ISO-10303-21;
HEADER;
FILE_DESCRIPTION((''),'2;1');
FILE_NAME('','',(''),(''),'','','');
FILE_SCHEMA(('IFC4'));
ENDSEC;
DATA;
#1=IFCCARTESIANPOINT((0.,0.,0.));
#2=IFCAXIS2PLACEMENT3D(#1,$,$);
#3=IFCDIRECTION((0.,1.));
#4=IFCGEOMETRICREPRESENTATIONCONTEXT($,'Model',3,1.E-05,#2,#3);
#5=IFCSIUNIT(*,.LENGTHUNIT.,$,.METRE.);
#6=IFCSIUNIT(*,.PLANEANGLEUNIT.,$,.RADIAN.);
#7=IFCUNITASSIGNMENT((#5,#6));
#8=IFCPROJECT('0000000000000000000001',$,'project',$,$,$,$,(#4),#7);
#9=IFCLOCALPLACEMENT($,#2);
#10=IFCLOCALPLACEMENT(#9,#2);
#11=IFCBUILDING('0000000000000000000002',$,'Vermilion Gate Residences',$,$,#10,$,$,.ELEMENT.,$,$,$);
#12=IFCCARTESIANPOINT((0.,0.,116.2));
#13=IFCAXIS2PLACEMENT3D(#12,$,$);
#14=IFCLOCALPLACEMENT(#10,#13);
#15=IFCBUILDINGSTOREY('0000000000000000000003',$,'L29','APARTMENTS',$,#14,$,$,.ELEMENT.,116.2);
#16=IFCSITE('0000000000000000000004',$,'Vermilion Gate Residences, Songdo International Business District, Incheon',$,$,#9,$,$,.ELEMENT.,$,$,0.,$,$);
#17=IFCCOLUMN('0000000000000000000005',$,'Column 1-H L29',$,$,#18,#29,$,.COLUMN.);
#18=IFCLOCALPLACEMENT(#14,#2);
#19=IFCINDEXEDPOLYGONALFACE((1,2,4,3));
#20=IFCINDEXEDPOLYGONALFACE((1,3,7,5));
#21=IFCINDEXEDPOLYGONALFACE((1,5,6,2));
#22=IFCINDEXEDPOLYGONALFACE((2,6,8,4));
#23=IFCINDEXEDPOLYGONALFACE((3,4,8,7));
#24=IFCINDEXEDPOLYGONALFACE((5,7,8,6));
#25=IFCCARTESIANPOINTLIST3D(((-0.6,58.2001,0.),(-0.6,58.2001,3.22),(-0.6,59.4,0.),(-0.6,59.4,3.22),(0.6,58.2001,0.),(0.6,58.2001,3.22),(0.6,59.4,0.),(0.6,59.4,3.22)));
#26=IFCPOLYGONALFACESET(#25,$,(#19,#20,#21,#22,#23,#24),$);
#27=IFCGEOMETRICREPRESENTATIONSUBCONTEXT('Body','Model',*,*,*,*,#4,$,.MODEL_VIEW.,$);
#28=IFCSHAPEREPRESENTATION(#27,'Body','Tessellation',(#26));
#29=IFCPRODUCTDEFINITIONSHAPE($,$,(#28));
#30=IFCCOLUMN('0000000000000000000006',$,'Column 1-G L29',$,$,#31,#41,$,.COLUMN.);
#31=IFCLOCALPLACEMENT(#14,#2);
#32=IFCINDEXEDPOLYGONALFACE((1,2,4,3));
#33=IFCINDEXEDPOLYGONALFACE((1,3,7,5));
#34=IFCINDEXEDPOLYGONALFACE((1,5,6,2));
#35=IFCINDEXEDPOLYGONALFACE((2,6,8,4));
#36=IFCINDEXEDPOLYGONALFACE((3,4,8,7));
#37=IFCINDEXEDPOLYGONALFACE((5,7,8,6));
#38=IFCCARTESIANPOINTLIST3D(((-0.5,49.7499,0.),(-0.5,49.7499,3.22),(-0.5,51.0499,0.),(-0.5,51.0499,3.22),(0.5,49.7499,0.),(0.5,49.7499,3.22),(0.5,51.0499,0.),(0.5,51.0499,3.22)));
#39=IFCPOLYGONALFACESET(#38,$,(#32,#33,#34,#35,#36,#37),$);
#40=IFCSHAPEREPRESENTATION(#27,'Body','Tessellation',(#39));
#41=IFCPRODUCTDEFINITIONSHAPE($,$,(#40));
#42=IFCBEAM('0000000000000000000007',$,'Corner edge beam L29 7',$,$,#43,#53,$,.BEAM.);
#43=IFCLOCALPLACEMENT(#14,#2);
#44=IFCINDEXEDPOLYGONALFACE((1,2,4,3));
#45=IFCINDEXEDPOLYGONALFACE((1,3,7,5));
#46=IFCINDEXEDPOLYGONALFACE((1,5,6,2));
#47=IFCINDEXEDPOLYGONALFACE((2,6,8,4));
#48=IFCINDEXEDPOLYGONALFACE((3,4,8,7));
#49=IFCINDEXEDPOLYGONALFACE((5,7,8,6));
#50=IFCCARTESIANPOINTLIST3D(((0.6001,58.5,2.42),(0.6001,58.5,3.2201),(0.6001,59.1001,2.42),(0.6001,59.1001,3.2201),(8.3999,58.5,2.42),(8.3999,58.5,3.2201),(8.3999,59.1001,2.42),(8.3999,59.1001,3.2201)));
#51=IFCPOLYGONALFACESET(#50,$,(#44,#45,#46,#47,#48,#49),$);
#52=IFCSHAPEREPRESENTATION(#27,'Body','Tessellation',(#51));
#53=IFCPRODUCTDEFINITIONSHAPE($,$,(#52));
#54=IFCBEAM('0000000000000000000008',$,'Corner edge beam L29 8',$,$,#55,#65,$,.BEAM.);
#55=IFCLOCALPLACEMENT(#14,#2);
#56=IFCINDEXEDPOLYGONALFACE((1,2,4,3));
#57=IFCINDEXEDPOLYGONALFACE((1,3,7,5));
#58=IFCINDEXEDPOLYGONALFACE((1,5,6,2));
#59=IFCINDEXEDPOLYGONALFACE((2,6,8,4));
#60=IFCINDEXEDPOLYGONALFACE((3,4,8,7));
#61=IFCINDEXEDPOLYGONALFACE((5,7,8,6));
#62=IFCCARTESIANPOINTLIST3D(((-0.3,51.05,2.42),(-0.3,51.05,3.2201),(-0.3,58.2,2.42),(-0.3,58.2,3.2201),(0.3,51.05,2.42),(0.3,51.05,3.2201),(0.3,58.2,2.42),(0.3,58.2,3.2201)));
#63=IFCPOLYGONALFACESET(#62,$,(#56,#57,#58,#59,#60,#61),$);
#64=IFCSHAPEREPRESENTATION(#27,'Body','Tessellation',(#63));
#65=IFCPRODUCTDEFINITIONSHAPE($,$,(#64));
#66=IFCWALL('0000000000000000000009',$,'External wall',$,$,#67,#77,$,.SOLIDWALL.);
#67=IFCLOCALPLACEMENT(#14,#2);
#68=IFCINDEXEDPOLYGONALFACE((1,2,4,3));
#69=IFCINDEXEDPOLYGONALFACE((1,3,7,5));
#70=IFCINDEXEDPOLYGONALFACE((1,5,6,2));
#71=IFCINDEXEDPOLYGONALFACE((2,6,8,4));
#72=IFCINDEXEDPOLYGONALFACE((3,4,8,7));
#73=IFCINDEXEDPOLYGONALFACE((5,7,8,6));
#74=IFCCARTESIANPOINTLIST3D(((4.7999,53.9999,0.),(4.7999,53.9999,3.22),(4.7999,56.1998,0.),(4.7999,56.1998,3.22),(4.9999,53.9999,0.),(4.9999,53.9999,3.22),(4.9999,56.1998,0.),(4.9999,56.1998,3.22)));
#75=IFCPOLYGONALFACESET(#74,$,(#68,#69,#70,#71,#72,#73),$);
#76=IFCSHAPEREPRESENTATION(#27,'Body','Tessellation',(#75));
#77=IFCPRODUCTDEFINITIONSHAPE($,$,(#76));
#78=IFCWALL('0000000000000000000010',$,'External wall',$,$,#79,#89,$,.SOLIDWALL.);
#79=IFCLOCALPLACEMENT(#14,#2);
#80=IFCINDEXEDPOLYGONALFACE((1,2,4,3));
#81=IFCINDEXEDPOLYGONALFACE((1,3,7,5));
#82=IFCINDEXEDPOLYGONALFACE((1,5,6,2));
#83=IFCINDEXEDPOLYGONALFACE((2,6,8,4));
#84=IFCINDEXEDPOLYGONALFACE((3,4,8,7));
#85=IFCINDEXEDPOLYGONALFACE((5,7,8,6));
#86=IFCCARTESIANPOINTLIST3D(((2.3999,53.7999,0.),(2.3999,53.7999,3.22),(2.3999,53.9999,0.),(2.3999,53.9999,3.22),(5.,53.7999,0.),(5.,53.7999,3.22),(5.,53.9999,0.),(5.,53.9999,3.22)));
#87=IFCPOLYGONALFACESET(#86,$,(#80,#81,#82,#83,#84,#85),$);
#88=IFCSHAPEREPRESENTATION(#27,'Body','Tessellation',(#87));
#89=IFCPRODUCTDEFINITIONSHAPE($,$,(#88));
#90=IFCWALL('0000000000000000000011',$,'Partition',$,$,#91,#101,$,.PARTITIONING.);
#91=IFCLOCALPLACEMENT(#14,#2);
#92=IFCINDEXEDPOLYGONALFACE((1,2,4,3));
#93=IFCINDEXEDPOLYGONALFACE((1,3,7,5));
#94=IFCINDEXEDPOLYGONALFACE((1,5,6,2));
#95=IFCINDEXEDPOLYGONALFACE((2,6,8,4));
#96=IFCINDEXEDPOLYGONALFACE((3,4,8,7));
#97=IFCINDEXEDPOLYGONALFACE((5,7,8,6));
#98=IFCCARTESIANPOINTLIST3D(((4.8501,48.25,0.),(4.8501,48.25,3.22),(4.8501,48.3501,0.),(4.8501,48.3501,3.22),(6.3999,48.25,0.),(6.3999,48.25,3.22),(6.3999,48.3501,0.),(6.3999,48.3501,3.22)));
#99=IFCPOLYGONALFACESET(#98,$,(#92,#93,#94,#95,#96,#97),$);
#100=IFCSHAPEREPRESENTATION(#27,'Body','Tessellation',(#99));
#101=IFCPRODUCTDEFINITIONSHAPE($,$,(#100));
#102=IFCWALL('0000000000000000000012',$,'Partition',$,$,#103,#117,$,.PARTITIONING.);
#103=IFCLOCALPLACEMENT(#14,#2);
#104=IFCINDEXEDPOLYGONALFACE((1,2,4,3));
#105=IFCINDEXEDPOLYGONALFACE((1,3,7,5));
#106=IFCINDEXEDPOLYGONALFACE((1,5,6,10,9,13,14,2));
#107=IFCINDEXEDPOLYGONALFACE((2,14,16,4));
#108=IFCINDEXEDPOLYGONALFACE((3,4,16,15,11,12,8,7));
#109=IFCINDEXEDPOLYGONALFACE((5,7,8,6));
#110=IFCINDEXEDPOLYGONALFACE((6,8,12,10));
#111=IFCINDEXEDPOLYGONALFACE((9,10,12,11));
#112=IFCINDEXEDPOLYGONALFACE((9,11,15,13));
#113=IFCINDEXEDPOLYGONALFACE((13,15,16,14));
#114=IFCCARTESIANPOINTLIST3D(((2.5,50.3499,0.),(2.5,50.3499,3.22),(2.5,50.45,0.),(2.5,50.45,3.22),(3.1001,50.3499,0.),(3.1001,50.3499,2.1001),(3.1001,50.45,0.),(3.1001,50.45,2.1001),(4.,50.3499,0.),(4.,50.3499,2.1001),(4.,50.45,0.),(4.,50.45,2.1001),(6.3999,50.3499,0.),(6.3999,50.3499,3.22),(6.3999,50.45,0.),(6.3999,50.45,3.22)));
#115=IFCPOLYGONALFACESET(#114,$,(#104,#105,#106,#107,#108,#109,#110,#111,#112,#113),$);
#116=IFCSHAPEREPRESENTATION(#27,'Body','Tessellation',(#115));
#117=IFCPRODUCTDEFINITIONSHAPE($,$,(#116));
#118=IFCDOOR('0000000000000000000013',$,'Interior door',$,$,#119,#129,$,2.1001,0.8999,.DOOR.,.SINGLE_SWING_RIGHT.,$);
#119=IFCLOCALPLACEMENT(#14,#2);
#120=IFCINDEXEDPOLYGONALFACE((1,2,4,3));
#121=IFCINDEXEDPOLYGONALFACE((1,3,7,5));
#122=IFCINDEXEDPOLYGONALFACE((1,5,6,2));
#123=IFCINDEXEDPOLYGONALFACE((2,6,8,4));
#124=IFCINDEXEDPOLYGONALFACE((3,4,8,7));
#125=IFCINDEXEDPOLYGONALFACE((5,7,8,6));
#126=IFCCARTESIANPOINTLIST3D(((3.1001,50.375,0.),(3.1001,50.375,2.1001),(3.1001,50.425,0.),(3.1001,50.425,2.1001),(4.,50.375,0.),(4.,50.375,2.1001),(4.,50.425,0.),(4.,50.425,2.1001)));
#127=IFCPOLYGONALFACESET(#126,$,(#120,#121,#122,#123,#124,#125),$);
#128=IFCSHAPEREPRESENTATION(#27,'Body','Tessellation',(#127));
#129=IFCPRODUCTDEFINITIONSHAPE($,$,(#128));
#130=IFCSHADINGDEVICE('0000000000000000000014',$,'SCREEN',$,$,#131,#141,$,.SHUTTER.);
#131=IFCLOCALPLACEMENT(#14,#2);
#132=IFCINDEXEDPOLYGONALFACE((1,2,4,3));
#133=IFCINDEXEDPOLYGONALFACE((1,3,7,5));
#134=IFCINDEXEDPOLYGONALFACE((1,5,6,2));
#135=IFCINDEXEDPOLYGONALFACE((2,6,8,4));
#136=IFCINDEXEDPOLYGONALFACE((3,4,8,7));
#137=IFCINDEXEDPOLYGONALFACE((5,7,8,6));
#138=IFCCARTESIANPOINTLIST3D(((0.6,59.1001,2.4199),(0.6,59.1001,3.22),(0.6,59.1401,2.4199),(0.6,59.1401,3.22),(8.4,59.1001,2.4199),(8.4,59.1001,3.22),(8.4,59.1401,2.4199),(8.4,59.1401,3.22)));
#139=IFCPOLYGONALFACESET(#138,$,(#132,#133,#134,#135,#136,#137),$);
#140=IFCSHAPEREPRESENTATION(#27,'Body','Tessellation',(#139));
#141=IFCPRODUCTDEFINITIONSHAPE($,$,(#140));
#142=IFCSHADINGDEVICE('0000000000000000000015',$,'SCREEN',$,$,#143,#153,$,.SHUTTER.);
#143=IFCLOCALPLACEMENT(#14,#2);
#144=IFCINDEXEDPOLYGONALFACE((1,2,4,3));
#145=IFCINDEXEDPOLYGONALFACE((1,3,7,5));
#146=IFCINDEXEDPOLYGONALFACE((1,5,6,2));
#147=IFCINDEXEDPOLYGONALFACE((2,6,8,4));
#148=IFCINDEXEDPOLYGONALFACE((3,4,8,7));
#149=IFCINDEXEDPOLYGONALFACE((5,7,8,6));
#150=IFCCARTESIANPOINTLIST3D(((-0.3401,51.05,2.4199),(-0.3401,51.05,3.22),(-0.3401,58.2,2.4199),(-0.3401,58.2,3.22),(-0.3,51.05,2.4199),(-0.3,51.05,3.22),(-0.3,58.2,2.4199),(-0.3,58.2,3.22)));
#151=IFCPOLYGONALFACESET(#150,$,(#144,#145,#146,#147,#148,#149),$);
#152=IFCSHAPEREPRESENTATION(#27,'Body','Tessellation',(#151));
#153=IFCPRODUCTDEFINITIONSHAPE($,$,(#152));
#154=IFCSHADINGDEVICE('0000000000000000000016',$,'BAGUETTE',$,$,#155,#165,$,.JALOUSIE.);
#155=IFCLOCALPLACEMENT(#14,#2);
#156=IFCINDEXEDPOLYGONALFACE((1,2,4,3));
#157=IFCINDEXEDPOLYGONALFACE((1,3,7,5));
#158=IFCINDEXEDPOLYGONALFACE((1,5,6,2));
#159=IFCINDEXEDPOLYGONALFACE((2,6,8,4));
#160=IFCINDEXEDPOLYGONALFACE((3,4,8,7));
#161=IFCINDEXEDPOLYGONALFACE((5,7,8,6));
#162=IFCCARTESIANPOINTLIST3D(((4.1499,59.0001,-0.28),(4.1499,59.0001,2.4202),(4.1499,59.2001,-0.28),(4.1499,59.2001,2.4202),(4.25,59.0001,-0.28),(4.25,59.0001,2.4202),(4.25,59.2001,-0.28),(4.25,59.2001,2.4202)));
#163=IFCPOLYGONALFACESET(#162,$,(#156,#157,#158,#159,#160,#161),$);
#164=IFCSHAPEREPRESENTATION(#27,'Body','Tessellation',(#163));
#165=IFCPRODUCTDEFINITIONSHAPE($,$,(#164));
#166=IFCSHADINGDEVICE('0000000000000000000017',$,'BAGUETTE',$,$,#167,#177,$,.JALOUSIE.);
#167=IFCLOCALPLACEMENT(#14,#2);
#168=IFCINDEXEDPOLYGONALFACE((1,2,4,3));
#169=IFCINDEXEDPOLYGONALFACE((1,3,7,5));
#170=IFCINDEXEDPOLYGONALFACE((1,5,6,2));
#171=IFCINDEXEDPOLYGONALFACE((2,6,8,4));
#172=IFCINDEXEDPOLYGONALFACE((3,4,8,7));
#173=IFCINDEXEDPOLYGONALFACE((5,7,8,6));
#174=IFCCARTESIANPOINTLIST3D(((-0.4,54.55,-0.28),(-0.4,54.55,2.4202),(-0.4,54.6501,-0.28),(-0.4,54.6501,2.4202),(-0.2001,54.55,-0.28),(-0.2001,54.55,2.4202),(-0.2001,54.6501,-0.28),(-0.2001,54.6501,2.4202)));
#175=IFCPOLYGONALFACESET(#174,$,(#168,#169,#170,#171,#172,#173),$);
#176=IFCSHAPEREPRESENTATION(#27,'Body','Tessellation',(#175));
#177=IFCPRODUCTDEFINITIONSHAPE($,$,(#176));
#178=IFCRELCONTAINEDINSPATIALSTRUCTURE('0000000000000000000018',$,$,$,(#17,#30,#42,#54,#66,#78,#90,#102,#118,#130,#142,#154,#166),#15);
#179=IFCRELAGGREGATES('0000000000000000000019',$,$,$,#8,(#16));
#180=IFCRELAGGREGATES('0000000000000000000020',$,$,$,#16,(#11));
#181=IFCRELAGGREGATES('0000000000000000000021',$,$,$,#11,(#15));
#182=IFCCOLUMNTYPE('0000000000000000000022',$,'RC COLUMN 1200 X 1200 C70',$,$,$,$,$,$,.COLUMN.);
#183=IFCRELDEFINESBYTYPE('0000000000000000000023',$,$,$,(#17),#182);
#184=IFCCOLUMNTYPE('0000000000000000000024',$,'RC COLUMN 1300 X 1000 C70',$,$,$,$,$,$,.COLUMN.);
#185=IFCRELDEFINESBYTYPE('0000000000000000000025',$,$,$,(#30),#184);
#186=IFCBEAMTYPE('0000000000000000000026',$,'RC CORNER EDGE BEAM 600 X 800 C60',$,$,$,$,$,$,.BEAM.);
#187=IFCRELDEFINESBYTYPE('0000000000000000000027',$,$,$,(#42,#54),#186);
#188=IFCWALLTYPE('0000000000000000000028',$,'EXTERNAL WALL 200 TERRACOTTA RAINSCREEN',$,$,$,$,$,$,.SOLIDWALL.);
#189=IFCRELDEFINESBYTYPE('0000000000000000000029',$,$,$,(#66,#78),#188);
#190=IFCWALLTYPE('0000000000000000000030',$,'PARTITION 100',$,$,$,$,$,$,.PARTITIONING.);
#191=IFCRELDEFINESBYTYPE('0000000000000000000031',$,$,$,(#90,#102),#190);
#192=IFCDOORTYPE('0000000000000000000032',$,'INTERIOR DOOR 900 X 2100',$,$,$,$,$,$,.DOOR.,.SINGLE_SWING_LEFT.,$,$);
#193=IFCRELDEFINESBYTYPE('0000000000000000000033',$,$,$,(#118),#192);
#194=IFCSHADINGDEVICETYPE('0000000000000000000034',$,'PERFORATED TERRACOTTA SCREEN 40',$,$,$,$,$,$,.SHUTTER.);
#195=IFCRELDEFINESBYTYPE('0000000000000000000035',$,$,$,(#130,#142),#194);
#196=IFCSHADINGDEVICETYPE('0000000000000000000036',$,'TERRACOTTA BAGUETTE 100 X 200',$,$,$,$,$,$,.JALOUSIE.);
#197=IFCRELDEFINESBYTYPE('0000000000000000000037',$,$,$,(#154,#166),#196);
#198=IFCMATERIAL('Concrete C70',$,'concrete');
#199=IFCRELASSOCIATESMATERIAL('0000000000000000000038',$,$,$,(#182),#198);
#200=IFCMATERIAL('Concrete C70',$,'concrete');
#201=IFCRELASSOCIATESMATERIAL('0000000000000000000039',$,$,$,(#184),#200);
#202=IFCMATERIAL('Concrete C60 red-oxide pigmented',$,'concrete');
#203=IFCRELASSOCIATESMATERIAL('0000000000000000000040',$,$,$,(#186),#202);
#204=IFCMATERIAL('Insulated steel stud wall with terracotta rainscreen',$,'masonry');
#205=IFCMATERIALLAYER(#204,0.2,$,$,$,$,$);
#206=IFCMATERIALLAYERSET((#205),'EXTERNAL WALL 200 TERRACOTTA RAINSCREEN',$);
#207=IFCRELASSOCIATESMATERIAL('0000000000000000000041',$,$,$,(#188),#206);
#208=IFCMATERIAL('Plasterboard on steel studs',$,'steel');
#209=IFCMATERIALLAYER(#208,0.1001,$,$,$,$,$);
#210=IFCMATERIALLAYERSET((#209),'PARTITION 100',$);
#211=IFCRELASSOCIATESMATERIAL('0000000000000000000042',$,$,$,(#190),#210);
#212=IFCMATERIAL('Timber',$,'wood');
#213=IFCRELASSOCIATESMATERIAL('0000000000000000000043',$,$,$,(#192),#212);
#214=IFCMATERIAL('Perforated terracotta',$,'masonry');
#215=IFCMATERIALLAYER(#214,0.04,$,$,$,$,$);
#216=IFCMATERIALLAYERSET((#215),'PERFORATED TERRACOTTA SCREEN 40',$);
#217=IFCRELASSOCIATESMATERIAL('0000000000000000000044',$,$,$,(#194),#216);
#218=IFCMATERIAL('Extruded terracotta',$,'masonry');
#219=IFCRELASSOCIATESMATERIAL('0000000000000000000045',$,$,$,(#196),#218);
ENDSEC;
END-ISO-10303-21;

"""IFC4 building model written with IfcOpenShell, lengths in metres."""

from ifc_helpers import new_model, si_unit, direction, frame, frame_2d, origin, origin_2d, place, context, subcontext, project, spatial, rectangle, extrude, material, layer, layer_set, material_profile, profile_set, type_object, element, fill, save


model = new_model("IFC4")

# Units and contexts
model_context = context("Model", 3, precision=1e-05, world=origin(), true_north=direction((0.0, 1.0)))
body_context = subcontext(model_context, "Body", "Model", "MODEL_VIEW")
ifc_project = project(units=[si_unit("LENGTHUNIT", "METRE"), si_unit("PLANEANGLEUNIT", "RADIAN")], contexts=[model_context])

# Site, building, storey
site_placement = place(None, origin())
site = spatial("IfcSite", under=ifc_project, at=site_placement, Name="Vermilion Gate Residences, Songdo International Business District, Incheon", CompositionType="ELEMENT", RefElevation=0.0)
building_placement = place(site_placement, origin())
building = spatial("IfcBuilding", under=site, at=building_placement, Name="Vermilion Gate Residences", CompositionType="ELEMENT")
storey_placement = place(building_placement, frame((0.0, 0.0, 116.2)))
storey = spatial("IfcBuildingStorey", under=building, at=storey_placement, Name="L29", Description="APARTMENTS", CompositionType="ELEMENT", Elevation=116.2)

# Columns
ifc_material_1 = material(Name="Concrete C70", Category="concrete")
ifc_material_profile_1 = material_profile(ifc_material_1, rectangle(XDim=1.2, YDim=1.2, at=origin_2d()), Name="RC-1200x1200")
ifc_profile_set_1 = profile_set([ifc_material_profile_1], Name="Concrete C70")
column_type_1 = type_object("IfcColumnType", Name="RC COLUMN 1200 X 1200 C70", PredefinedType="COLUMN", material=ifc_profile_set_1)
column_1_placement = place(storey_placement, frame((0.0, 58.8, 0.0), z_axis=(0.0, 0.0, 1.0), x_axis=(1.0, 0.0, 0.0)))
element("IfcColumn", 1, at=column_1_placement, inside=storey, type_object=column_type_1, Name="Column 1-H L29", PredefinedType="COLUMN", context=body_context, shape_type="SweptSolid", body=[
    extrude(rectangle(XDim=1.2, YDim=1.2, at=origin_2d()), origin(), (0.0, 0.0, 1.0), 3.22),
])
ifc_material_2 = material(Name="Concrete C70", Category="concrete")
ifc_material_profile_2 = material_profile(ifc_material_2, rectangle(XDim=1.3, YDim=1.0, at=origin_2d()), Name="RC-1300x1000")
ifc_profile_set_2 = profile_set([ifc_material_profile_2], Name="Concrete C70")
column_type_2 = type_object("IfcColumnType", Name="RC COLUMN 1300 X 1000 C70", PredefinedType="COLUMN", material=ifc_profile_set_2)
column_2_placement = place(storey_placement, frame((0.0, 50.3999, 0.0), z_axis=(0.0, 0.0, 1.0), x_axis=(0.0, 1.0, 0.0)))
element("IfcColumn", 2, at=column_2_placement, inside=storey, type_object=column_type_2, Name="Column 1-G L29", PredefinedType="COLUMN", context=body_context, shape_type="SweptSolid", body=[
    extrude(rectangle(XDim=1.3, YDim=1.0, at=origin_2d()), origin(), (0.0, 0.0, 1.0), 3.22),
])

# Beams
ifc_material_3 = material(Name="Concrete C60 red-oxide pigmented", Category="concrete")
ifc_material_profile_3 = material_profile(ifc_material_3, rectangle(XDim=0.6001, YDim=0.8, at=origin_2d()), Name="RC-600x800")
ifc_profile_set_3 = profile_set([ifc_material_profile_3], Name="Concrete C60 red-oxide pigmented")
beam_type = type_object("IfcBeamType", Name="RC CORNER EDGE BEAM 600 X 800 C60", PredefinedType="BEAM", material=ifc_profile_set_3)
beam_1_placement = place(storey_placement, frame((0.6001, 58.8, 2.8201), z_axis=(1.0, 0.0, 0.0), x_axis=(0.0, 1.0, 0.0)))
element("IfcBeam", 3, at=beam_1_placement, inside=storey, type_object=beam_type, Name="Corner edge beam L29 7", PredefinedType="BEAM", context=body_context, shape_type="SweptSolid", body=[
    extrude(rectangle(XDim=0.6001, YDim=0.8, at=origin_2d()), origin(), (0.0, 0.0, 1.0), 7.7998),
])
beam_2_placement = place(storey_placement, frame((0.0, 51.05, 2.8201), z_axis=(0.0, 1.0, 0.0), x_axis=(-1.0, 0.0, 0.0)))
element("IfcBeam", 4, at=beam_2_placement, inside=storey, type_object=beam_type, Name="Corner edge beam L29 8", PredefinedType="BEAM", context=body_context, shape_type="SweptSolid", body=[
    extrude(rectangle(XDim=0.6001, YDim=0.8, at=origin_2d()), origin(), (0.0, 0.0, 1.0), 7.1499),
])

# Walls
ifc_material_4 = material(Name="Insulated steel stud wall with terracotta rainscreen", Category="masonry")
ifc_layer_1 = layer(ifc_material_4, 0.2)
ifc_layer_set_1 = layer_set([ifc_layer_1], Name="EXTERNAL WALL 200 TERRACOTTA RAINSCREEN")
wall_type_1 = type_object("IfcWallType", Name="EXTERNAL WALL 200 TERRACOTTA RAINSCREEN", PredefinedType="SOLIDWALL", material=ifc_layer_set_1)
wall_1_placement = place(storey_placement, frame((4.8999, 56.2, 0.0), z_axis=(0.0, 0.0, 1.0), x_axis=(0.0, -1.0, 0.0)))
element("IfcWall", 5, at=wall_1_placement, inside=storey, type_object=wall_type_1, Name="External wall", PredefinedType="SOLIDWALL", context=body_context, shape_type="SweptSolid", body=[
    extrude(rectangle(XDim=2.2, YDim=0.2, at=frame_2d((1.1001, 0.0))), origin(), (0.0, 0.0, 1.0), 3.22),
])
wall_2_placement = place(storey_placement, frame((5.0, 53.8999, 0.0), z_axis=(0.0, 0.0, 1.0), x_axis=(-1.0, 0.0, 0.0)))
element("IfcWall", 6, at=wall_2_placement, inside=storey, type_object=wall_type_1, Name="External wall", PredefinedType="SOLIDWALL", context=body_context, shape_type="SweptSolid", body=[
    extrude(rectangle(XDim=2.6001, YDim=0.2, at=frame_2d((1.3, 0.0))), origin(), (0.0, 0.0, 1.0), 3.22),
])

# Wall
ifc_material_5 = material(Name="Plasterboard on steel studs", Category="steel")
ifc_layer_2 = layer(ifc_material_5, 0.1001)
ifc_layer_set_2 = layer_set([ifc_layer_2], Name="PARTITION 100")
wall_type_2 = type_object("IfcWallType", Name="PARTITION 100", PredefinedType="PARTITIONING", material=ifc_layer_set_2)
wall_3_placement = place(storey_placement, frame((4.8501, 48.3, 0.0), z_axis=(0.0, 0.0, 1.0), x_axis=(1.0, 0.0, 0.0)))
element("IfcWall", 7, at=wall_3_placement, inside=storey, type_object=wall_type_2, Name="Partition", PredefinedType="PARTITIONING", context=body_context, shape_type="SweptSolid", body=[
    extrude(rectangle(XDim=1.5498, YDim=0.1001, at=frame_2d((0.7749, 0.0))), origin(), (0.0, 0.0, 1.0), 3.22),
])

# Wall, opening, door
wall_4_placement = place(storey_placement, frame((2.5, 50.3999, 0.0), z_axis=(0.0, 0.0, 1.0), x_axis=(1.0, 0.0, 0.0)))
wall_4 = element("IfcWall", 8, at=wall_4_placement, inside=storey, type_object=wall_type_2, Name="Partition", PredefinedType="PARTITIONING", context=body_context, shape_type="SweptSolid", body=[
    extrude(rectangle(XDim=3.8999, YDim=0.1001, at=frame_2d((1.95, 0.0))), origin(), (0.0, 0.0, 1.0), 3.22),
])
opening_1_placement = place(wall_4_placement, frame((0.6001, 0.0, 0.0)))
opening_1 = element("IfcOpeningElement", 9, at=opening_1_placement, cuts=wall_4, PredefinedType="OPENING", context=body_context, shape_type="SweptSolid", body=[
    extrude(rectangle(XDim=0.8999, YDim=2.1001, at=frame_2d((0.45, 1.05))), frame((0.0, 0.0601, 0.0), z_axis=(0.0, -1.0, 0.0), x_axis=(1.0, 0.0, 0.0)), (0.0, 0.0, 1.0), 0.1201),
])
ifc_material_6 = material(Name="Timber", Category="wood")
door_type_1 = type_object("IfcDoorType", Name="INTERIOR DOOR 900 X 2100", OperationType="SINGLE_SWING_LEFT", PredefinedType="DOOR", material=ifc_material_6)
door_1_placement = place(opening_1_placement, frame((0.8999, 0.0, 0.0), z_axis=(0.0, 0.0, 1.0), x_axis=(-1.0, 0.0, 0.0)))
door_1 = element("IfcDoor", 10, at=door_1_placement, inside=storey, type_object=door_type_1, Name="Interior door", OperationType="SINGLE_SWING_RIGHT", OverallHeight=2.1001, OverallWidth=0.8999, PredefinedType="DOOR", context=body_context, shape_type="SweptSolid", body=[
    extrude(rectangle(XDim=0.8999, YDim=2.1001, at=frame_2d((0.45, 1.05))), frame((0.0, 0.0249, 0.0), z_axis=(0.0, -1.0, 0.0), x_axis=(1.0, 0.0, 0.0)), (0.0, 0.0, 1.0), 0.05),
])
fill(opening_1, door_1)

# Shading devices
ifc_material_7 = material(Name="Perforated terracotta", Category="masonry")
ifc_layer_3 = layer(ifc_material_7, 0.04)
ifc_layer_set_3 = layer_set([ifc_layer_3], Name="PERFORATED TERRACOTTA SCREEN 40")
shading_device_type_1 = type_object("IfcShadingDeviceType", Name="PERFORATED TERRACOTTA SCREEN 40", PredefinedType="SHUTTER", material=ifc_layer_set_3)
shading_device_1_placement = place(storey_placement, frame((4.5, 59.1201, 2.4199), z_axis=(0.0, 0.0, 1.0), x_axis=(-1.0, 0.0, 0.0)))
element("IfcShadingDevice", 11, at=shading_device_1_placement, inside=storey, type_object=shading_device_type_1, Name="SCREEN", PredefinedType="SHUTTER", context=body_context, shape_type="SweptSolid", body=[
    extrude(rectangle(XDim=7.8, YDim=0.04, at=origin_2d()), origin(), (0.0, 0.0, 1.0), 0.8),
])
shading_device_2_placement = place(storey_placement, frame((-0.3201, 54.625, 2.4199), z_axis=(0.0, 0.0, 1.0), x_axis=(0.0, -1.0, 0.0)))
element("IfcShadingDevice", 12, at=shading_device_2_placement, inside=storey, type_object=shading_device_type_1, Name="SCREEN", PredefinedType="SHUTTER", context=body_context, shape_type="SweptSolid", body=[
    extrude(rectangle(XDim=7.1499, YDim=0.04, at=origin_2d()), origin(), (0.0, 0.0, 1.0), 0.8),
])
ifc_material_8 = material(Name="Extruded terracotta", Category="masonry")
ifc_material_profile_4 = material_profile(ifc_material_8, rectangle(XDim=0.2, YDim=0.1001, at=origin_2d()), Name="BAGUETTE 100 X 200")
ifc_profile_set_4 = profile_set([ifc_material_profile_4], Name="Extruded terracotta")
shading_device_type_2 = type_object("IfcShadingDeviceType", Name="TERRACOTTA BAGUETTE 100 X 200", PredefinedType="JALOUSIE", material=ifc_profile_set_4)
for number, where, z_axis, x_axis, name in (
    (13, (4.2, 59.1001, -0.28), (0.0, 0.0, 1.0), (0.0, -1.0, 0.0), "BAGUETTE"),
    (14, (-0.3, 54.6001, -0.28), (0.0, 0.0, 1.0), (1.0, 0.0, 0.0), "BAGUETTE"),
):
    element("IfcShadingDevice", number, at=place(storey_placement, frame(where, z_axis=z_axis, x_axis=x_axis)), inside=storey, type_object=shading_device_type_2, Name=name, PredefinedType="JALOUSIE", context=body_context, shape_type="SweptSolid", body=[
        extrude(rectangle(XDim=0.2, YDim=0.1001, at=origin_2d()), origin(), (0.0, 0.0, 1.0), 2.7002),
    ])

save(model, "model.ifc")
